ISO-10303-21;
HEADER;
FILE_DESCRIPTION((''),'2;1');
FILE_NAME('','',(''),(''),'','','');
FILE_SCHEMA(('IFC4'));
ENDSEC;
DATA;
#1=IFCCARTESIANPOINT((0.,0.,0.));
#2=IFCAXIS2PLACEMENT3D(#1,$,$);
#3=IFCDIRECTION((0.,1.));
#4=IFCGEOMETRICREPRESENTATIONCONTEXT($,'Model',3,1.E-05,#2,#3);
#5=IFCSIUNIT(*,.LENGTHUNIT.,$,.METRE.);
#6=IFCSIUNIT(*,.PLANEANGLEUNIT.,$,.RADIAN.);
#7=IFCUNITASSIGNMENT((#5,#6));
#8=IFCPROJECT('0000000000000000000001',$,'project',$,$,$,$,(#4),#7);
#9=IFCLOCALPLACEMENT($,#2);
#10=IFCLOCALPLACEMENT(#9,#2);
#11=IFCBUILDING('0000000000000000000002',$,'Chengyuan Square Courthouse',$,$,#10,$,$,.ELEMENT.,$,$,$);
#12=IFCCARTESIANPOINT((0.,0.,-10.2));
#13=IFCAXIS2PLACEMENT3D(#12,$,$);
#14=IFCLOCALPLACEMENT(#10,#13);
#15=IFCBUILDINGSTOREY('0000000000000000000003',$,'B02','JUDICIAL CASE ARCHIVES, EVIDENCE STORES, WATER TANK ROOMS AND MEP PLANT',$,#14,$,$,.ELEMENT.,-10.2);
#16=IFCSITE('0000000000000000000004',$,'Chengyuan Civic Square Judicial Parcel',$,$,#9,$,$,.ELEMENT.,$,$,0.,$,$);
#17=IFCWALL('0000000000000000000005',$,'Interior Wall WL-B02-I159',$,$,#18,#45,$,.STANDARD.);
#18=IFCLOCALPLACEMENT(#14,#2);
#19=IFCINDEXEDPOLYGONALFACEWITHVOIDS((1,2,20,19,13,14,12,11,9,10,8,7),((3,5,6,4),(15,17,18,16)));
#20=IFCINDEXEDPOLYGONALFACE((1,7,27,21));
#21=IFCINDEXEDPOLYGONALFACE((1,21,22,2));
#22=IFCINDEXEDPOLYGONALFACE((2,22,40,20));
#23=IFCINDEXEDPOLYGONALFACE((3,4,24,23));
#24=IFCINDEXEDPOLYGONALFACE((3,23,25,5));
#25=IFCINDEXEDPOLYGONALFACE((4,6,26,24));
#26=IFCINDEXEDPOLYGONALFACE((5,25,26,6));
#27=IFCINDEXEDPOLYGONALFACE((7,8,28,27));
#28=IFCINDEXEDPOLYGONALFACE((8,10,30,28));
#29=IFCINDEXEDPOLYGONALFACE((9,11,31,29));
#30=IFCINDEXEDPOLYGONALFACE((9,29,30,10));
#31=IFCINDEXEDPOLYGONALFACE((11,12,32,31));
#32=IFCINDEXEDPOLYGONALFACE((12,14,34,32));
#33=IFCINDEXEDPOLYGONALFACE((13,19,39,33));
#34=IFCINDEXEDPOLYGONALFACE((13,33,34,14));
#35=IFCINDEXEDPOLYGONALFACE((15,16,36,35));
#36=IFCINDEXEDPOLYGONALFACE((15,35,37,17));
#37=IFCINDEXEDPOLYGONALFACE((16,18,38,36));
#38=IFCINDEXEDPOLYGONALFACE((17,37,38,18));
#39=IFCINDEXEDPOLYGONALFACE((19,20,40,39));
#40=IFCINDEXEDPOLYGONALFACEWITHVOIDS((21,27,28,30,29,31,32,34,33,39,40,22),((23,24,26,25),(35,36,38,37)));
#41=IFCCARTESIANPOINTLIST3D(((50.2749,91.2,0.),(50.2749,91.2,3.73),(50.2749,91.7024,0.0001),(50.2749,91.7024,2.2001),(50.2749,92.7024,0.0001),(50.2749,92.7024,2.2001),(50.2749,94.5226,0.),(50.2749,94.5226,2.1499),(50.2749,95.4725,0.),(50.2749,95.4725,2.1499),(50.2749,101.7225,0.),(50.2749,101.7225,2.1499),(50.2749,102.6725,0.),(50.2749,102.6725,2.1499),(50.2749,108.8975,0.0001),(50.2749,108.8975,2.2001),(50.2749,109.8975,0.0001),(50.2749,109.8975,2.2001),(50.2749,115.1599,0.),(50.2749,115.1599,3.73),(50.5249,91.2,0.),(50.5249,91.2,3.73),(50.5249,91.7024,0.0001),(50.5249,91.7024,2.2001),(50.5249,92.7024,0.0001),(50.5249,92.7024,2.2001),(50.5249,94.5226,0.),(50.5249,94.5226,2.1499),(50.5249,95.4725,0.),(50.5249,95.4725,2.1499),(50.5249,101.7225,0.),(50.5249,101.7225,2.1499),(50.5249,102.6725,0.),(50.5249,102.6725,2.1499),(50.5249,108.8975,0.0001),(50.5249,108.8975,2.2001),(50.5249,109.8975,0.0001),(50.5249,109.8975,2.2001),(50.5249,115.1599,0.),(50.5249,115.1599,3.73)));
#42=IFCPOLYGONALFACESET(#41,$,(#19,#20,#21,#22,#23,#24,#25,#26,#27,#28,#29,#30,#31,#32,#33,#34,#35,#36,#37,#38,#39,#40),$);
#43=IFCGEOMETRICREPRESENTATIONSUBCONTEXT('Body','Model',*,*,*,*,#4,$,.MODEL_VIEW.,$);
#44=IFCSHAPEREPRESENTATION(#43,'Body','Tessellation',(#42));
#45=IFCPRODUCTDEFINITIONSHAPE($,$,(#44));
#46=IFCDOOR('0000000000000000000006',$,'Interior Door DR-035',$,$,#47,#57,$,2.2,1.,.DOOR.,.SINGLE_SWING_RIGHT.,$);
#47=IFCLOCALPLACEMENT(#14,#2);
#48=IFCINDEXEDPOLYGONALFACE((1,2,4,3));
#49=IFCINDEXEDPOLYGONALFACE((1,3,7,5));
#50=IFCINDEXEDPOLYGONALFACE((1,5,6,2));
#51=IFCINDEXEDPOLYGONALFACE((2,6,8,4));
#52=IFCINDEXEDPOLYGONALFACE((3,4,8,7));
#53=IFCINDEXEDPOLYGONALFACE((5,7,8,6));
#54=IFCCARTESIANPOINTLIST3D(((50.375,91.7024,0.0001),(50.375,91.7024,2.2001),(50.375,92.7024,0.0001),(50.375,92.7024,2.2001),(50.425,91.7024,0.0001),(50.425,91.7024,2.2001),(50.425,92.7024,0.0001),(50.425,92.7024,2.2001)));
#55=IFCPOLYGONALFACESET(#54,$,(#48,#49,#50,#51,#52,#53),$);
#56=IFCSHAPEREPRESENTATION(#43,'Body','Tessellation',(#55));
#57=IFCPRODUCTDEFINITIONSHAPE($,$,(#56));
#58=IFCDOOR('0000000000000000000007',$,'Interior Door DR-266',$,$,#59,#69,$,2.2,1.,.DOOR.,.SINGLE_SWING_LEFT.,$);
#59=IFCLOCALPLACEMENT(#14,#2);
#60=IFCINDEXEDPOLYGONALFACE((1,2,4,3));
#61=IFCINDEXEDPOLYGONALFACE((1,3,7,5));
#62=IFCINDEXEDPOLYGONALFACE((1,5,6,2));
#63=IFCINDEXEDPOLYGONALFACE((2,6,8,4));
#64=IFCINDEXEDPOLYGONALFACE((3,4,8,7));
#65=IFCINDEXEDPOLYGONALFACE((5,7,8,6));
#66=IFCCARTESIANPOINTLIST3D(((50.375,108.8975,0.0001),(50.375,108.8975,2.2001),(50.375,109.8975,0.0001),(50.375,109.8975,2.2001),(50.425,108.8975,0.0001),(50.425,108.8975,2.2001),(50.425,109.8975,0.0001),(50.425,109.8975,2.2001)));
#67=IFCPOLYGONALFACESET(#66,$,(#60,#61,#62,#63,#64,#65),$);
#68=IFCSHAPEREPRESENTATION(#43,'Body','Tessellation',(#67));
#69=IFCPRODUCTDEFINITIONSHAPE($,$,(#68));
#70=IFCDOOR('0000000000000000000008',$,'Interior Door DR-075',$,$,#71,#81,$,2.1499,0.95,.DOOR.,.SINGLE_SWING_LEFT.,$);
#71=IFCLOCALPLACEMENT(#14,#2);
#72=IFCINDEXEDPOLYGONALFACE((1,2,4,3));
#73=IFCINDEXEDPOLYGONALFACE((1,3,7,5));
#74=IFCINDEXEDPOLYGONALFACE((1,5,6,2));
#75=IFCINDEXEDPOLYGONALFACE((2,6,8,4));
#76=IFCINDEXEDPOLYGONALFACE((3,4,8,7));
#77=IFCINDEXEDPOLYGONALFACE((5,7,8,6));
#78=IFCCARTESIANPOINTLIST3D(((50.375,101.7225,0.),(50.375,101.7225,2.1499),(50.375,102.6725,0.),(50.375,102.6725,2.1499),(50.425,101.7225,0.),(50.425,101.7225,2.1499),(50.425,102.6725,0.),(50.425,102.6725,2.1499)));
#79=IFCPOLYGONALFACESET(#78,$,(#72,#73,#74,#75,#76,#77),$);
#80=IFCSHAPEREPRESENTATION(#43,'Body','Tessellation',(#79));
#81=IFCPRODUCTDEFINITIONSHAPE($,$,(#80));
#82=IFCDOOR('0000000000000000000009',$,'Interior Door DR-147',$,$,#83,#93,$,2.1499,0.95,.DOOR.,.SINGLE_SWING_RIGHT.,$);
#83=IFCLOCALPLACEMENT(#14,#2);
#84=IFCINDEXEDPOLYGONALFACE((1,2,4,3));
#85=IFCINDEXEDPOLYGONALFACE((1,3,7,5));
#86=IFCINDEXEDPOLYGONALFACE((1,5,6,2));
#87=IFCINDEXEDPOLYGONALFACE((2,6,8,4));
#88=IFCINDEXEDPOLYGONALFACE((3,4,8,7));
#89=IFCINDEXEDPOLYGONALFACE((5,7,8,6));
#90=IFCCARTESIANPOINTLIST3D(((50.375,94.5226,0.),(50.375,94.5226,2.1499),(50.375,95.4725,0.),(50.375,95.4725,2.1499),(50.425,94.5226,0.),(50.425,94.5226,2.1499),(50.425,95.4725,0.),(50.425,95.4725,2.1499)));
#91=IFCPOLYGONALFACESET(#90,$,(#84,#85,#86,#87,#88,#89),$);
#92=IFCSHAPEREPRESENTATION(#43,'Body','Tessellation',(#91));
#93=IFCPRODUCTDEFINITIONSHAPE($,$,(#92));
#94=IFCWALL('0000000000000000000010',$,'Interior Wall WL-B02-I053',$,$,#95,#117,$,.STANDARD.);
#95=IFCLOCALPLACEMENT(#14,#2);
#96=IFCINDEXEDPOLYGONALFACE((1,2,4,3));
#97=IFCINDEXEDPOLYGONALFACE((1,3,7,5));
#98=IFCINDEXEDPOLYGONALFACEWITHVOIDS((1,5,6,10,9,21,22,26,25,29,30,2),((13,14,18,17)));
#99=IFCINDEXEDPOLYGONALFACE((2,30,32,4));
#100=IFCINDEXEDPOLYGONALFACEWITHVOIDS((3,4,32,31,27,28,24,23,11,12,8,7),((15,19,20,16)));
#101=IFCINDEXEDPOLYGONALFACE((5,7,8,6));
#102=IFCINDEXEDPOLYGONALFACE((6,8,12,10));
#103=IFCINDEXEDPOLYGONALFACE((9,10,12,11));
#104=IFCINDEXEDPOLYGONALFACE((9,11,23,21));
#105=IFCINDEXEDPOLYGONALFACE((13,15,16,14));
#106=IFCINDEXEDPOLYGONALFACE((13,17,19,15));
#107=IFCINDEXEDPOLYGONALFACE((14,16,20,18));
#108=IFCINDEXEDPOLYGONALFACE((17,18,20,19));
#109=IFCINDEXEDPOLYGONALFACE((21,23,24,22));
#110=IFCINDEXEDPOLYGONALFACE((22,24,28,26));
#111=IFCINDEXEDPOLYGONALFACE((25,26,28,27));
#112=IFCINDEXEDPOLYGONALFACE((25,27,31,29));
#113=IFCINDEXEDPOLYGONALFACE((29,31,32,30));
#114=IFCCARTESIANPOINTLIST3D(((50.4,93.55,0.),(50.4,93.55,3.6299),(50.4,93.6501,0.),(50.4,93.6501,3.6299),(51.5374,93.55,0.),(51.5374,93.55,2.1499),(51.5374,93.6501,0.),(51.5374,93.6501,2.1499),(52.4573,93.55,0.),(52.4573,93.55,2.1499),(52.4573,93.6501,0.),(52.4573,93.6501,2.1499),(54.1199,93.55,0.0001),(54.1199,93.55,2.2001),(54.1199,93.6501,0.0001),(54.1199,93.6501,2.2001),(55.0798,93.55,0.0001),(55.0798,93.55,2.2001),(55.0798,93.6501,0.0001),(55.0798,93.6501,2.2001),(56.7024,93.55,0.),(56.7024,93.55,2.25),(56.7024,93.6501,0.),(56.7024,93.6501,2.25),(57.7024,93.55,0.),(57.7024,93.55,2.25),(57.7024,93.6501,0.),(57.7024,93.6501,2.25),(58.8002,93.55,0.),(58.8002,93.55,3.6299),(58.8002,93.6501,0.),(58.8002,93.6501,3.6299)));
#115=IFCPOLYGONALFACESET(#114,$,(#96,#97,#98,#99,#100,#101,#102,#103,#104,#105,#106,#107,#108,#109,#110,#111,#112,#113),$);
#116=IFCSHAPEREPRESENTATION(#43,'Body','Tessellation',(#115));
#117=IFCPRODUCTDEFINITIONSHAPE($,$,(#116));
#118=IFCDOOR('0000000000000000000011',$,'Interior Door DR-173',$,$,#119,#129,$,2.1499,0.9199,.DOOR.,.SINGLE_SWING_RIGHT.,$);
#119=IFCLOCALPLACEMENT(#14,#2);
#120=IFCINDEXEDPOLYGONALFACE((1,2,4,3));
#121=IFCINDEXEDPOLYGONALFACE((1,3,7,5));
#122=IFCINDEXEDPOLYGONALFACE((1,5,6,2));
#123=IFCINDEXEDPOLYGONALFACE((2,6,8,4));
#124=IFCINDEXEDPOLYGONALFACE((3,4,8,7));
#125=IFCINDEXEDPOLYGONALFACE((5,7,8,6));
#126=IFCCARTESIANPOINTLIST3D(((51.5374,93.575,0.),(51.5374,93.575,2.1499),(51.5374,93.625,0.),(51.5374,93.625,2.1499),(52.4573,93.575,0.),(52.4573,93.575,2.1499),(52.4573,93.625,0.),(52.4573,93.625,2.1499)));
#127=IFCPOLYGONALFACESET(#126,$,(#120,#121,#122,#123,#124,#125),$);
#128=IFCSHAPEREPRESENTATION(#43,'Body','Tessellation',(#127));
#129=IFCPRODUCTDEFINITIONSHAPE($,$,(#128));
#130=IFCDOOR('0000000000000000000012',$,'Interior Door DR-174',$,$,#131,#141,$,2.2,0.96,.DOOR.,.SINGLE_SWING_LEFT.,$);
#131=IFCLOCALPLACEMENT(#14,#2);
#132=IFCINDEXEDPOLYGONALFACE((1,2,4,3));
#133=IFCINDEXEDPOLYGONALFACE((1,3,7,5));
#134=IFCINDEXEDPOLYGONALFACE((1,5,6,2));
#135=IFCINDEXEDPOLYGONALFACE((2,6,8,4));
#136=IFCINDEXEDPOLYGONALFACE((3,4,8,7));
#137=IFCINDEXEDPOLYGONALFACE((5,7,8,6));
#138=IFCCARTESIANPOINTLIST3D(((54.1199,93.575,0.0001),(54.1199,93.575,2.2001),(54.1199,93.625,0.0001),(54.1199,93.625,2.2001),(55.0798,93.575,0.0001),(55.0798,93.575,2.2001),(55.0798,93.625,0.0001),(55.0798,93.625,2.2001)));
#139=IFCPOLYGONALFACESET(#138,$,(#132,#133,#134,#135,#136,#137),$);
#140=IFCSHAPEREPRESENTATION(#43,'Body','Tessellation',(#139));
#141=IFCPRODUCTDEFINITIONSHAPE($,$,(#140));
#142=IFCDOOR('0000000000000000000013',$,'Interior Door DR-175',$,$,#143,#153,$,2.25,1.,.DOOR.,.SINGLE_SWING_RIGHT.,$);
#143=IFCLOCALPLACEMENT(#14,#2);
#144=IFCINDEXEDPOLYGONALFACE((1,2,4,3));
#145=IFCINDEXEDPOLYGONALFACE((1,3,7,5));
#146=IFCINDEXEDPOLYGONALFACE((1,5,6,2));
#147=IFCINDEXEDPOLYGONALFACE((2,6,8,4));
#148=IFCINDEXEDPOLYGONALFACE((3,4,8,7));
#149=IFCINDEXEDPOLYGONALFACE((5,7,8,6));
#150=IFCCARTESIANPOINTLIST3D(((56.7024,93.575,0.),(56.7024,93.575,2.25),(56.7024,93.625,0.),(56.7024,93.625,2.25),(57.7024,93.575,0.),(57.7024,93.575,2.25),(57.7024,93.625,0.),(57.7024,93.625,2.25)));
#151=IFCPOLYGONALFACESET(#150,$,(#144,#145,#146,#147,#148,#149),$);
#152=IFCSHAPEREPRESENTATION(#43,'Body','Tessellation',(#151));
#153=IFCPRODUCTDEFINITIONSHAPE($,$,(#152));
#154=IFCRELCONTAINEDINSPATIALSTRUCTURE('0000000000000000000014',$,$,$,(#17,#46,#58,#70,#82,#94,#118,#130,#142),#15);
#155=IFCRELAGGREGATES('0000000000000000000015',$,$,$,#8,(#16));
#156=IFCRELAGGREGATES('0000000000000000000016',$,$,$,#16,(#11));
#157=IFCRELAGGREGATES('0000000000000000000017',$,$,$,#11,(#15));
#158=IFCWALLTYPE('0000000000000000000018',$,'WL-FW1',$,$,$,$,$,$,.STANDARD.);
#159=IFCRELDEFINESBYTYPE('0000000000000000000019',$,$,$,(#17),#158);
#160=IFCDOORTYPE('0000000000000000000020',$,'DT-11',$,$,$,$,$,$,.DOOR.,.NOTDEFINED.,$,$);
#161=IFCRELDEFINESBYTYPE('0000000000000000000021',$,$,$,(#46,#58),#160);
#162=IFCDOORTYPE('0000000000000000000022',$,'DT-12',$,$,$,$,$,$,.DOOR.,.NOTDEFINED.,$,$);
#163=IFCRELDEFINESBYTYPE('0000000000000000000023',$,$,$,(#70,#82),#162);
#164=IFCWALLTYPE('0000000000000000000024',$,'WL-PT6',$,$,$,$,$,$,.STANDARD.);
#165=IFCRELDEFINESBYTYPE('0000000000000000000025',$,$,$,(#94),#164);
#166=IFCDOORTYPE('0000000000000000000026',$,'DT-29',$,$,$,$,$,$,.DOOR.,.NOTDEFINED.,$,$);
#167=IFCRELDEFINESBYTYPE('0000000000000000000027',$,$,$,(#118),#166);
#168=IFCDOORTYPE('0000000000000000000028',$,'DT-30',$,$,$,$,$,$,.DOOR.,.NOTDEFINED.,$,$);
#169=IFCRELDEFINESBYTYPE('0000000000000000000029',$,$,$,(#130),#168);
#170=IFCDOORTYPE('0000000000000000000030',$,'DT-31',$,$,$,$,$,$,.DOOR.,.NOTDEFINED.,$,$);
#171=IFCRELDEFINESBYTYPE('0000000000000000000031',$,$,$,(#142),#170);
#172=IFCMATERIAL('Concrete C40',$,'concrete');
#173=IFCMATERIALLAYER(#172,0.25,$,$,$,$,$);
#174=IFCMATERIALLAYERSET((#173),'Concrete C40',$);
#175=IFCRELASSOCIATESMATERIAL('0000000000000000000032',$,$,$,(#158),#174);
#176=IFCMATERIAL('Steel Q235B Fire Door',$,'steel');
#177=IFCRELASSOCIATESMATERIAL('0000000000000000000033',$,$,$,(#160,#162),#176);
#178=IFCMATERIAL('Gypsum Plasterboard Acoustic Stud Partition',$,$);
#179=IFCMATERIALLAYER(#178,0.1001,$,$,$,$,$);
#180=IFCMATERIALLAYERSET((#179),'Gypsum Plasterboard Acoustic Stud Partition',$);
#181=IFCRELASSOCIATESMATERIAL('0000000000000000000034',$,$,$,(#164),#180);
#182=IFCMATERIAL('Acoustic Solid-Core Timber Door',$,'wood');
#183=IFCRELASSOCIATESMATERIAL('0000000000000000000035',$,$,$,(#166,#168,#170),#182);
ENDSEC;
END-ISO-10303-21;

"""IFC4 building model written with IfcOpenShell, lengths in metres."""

from ifc_helpers import new_model, si_unit, direction, frame, frame_2d, origin, place, context, subcontext, project, spatial, rectangle, extrude, material, layer, layer_set, type_object, element, fill, save


model = new_model("IFC4")

# Units and contexts
model_context = context("Model", 3, precision=1e-05, world=origin(), true_north=direction((0.0, 1.0)))
body_context = subcontext(model_context, "Body", "Model", "MODEL_VIEW")
ifc_project = project(units=[si_unit("LENGTHUNIT", "METRE"), si_unit("PLANEANGLEUNIT", "RADIAN")], contexts=[model_context])

# Site, building, storey
site_placement = place(None, origin())
site = spatial("IfcSite", under=ifc_project, at=site_placement, Name="Chengyuan Civic Square Judicial Parcel", CompositionType="ELEMENT", RefElevation=0.0)
building_placement = place(site_placement, origin())
building = spatial("IfcBuilding", under=site, at=building_placement, Name="Chengyuan Square Courthouse", CompositionType="ELEMENT")
storey_placement = place(building_placement, frame((0.0, 0.0, -10.2)))
storey = spatial("IfcBuildingStorey", under=building, at=storey_placement, Name="B02", Description="JUDICIAL CASE ARCHIVES, EVIDENCE STORES, WATER TANK ROOMS AND MEP PLANT", CompositionType="ELEMENT", Elevation=-10.2)

# Shared definitions
ifc_material_1 = material(Name="Concrete C40", Category="concrete")

# Walls, openings, doors
ifc_layer_1 = layer(ifc_material_1, 0.25)
ifc_layer_set_1 = layer_set([ifc_layer_1], Name="Concrete C40")
wall_type_1 = type_object("IfcWallType", Name="WL-FW1", PredefinedType="STANDARD", material=ifc_layer_set_1)
wall_1_placement = place(storey_placement, frame((50.3999, 91.2, 0.0), z_axis=(0.0, 0.0, 1.0), x_axis=(0.0, 1.0, 0.0)))
wall_1 = element("IfcWall", 1, at=wall_1_placement, inside=storey, type_object=wall_type_1, Name="Interior Wall WL-B02-I159", PredefinedType="STANDARD", context=body_context, shape_type="SweptSolid", body=[
    extrude(rectangle(XDim=23.96, YDim=0.25, at=frame_2d((11.98, 0.0))), origin(), (0.0, 0.0, 1.0), 3.73),
])
opening_1_placement = place(wall_1_placement, frame((0.5024, 0.0, 0.0)))
opening_1 = element("IfcOpeningElement", 2, at=opening_1_placement, cuts=wall_1, PredefinedType="OPENING", context=body_context, shape_type="SweptSolid", body=[
    extrude(rectangle(XDim=1.0, YDim=2.2, at=frame_2d((0.5, 1.1001))), frame((0.0, 0.137, 0.0), z_axis=(0.0, -1.0, 0.0), x_axis=(1.0, 0.0, 0.0)), (0.0, 0.0, 1.0), 0.2739),
])
opening_2_placement = place(wall_1_placement, frame((10.5225, 0.0, 0.0)))
opening_2 = element("IfcOpeningElement", 3, at=opening_2_placement, cuts=wall_1, PredefinedType="OPENING", context=body_context, shape_type="SweptSolid", body=[
    extrude(rectangle(XDim=0.95, YDim=2.1499, at=frame_2d((0.4751, 1.075))), frame((0.0, 0.137, 0.0), z_axis=(0.0, -1.0, 0.0), x_axis=(1.0, 0.0, 0.0)), (0.0, 0.0, 1.0), 0.2739),
])
opening_3_placement = place(wall_1_placement, frame((3.3225, 0.0, 0.0)))
opening_3 = element("IfcOpeningElement", 4, at=opening_3_placement, cuts=wall_1, PredefinedType="OPENING", context=body_context, shape_type="SweptSolid", body=[
    extrude(rectangle(XDim=0.95, YDim=2.1499, at=frame_2d((0.4751, 1.075))), frame((0.0, 0.137, 0.0), z_axis=(0.0, -1.0, 0.0), x_axis=(1.0, 0.0, 0.0)), (0.0, 0.0, 1.0), 0.2739),
])
opening_4_placement = place(wall_1_placement, frame((17.6975, 0.0, 0.0)))
opening_4 = element("IfcOpeningElement", 5, at=opening_4_placement, cuts=wall_1, PredefinedType="OPENING", context=body_context, shape_type="SweptSolid", body=[
    extrude(rectangle(XDim=1.0, YDim=2.2, at=frame_2d((0.5, 1.1001))), frame((0.0, 0.137, 0.0), z_axis=(0.0, -1.0, 0.0), x_axis=(1.0, 0.0, 0.0)), (0.0, 0.0, 1.0), 0.2739),
])
ifc_material_2 = material(Name="Steel Q235B Fire Door", Category="steel")
door_type_1 = type_object("IfcDoorType", Name="DT-11", OperationType="NOTDEFINED", PredefinedType="DOOR", material=ifc_material_2)
door_1_placement = place(opening_1_placement, origin())
door_1 = element("IfcDoor", 6, at=door_1_placement, inside=storey, type_object=door_type_1, Name="Interior Door DR-035", OperationType="SINGLE_SWING_RIGHT", OverallHeight=2.2, OverallWidth=1.0, PredefinedType="DOOR", context=body_context, shape_type="SweptSolid", body=[
    extrude(rectangle(XDim=1.0, YDim=2.2, at=frame_2d((0.5, 1.1001))), frame((0.0, 0.0249, 0.0), z_axis=(0.0, -1.0, 0.0), x_axis=(1.0, 0.0, 0.0)), (0.0, 0.0, 1.0), 0.05),
])
fill(opening_1, door_1)
door_2_placement = place(opening_4_placement, origin())
door_2 = element("IfcDoor", 7, at=door_2_placement, inside=storey, type_object=door_type_1, Name="Interior Door DR-266", OperationType="SINGLE_SWING_LEFT", OverallHeight=2.2, OverallWidth=1.0, PredefinedType="DOOR", context=body_context, shape_type="SweptSolid", body=[
    extrude(rectangle(XDim=1.0, YDim=2.2, at=frame_2d((0.5, 1.1001))), frame((0.0, 0.0249, 0.0), z_axis=(0.0, -1.0, 0.0), x_axis=(1.0, 0.0, 0.0)), (0.0, 0.0, 1.0), 0.05),
])
fill(opening_4, door_2)
door_type_2 = type_object("IfcDoorType", Name="DT-12", OperationType="NOTDEFINED", PredefinedType="DOOR", material=ifc_material_2)
door_3_placement = place(opening_2_placement, origin())
door_3 = element("IfcDoor", 8, at=door_3_placement, inside=storey, type_object=door_type_2, Name="Interior Door DR-075", OperationType="SINGLE_SWING_LEFT", OverallHeight=2.1499, OverallWidth=0.95, PredefinedType="DOOR", context=body_context, shape_type="SweptSolid", body=[
    extrude(rectangle(XDim=0.95, YDim=2.1499, at=frame_2d((0.4751, 1.075))), frame((0.0, 0.0249, 0.0), z_axis=(0.0, -1.0, 0.0), x_axis=(1.0, 0.0, 0.0)), (0.0, 0.0, 1.0), 0.05),
])
fill(opening_2, door_3)
door_4_placement = place(opening_3_placement, origin())
door_4 = element("IfcDoor", 9, at=door_4_placement, inside=storey, type_object=door_type_2, Name="Interior Door DR-147", OperationType="SINGLE_SWING_RIGHT", OverallHeight=2.1499, OverallWidth=0.95, PredefinedType="DOOR", context=body_context, shape_type="SweptSolid", body=[
    extrude(rectangle(XDim=0.95, YDim=2.1499, at=frame_2d((0.4751, 1.075))), frame((0.0, 0.0249, 0.0), z_axis=(0.0, -1.0, 0.0), x_axis=(1.0, 0.0, 0.0)), (0.0, 0.0, 1.0), 0.05),
])
fill(opening_3, door_4)
ifc_material_3 = material(Name="Gypsum Plasterboard Acoustic Stud Partition")
ifc_layer_2 = layer(ifc_material_3, 0.1001)
ifc_layer_set_2 = layer_set([ifc_layer_2], Name="Gypsum Plasterboard Acoustic Stud Partition")
wall_type_2 = type_object("IfcWallType", Name="WL-PT6", PredefinedType="STANDARD", material=ifc_layer_set_2)
wall_2_placement = place(storey_placement, frame((50.3999, 93.6001, 0.0), z_axis=(0.0, 0.0, 1.0), x_axis=(1.0, 0.0, 0.0)))
wall_2 = element("IfcWall", 10, at=wall_2_placement, inside=storey, type_object=wall_type_2, Name="Interior Wall WL-B02-I053", PredefinedType="STANDARD", context=body_context, shape_type="SweptSolid", body=[
    extrude(rectangle(XDim=8.4001, YDim=0.1001, at=frame_2d((4.2002, 0.0))), origin(), (0.0, 0.0, 1.0), 3.6299),
])
opening_5_placement = place(wall_2_placement, frame((1.1375, 0.0, 0.0)))
opening_5 = element("IfcOpeningElement", 11, at=opening_5_placement, cuts=wall_2, PredefinedType="OPENING", context=body_context, shape_type="SweptSolid", body=[
    extrude(rectangle(XDim=0.9199, YDim=2.1499, at=frame_2d((0.46, 1.075))), frame((0.0, 0.062, 0.0), z_axis=(0.0, -1.0, 0.0), x_axis=(1.0, 0.0, 0.0)), (0.0, 0.0, 1.0), 0.124),
])
opening_6_placement = place(wall_2_placement, frame((3.72, 0.0, 0.0)))
opening_6 = element("IfcOpeningElement", 12, at=opening_6_placement, cuts=wall_2, PredefinedType="OPENING", context=body_context, shape_type="SweptSolid", body=[
    extrude(rectangle(XDim=0.96, YDim=2.2, at=frame_2d((0.48, 1.1001))), frame((0.0, 0.062, 0.0), z_axis=(0.0, -1.0, 0.0), x_axis=(1.0, 0.0, 0.0)), (0.0, 0.0, 1.0), 0.124),
])
opening_7_placement = place(wall_2_placement, frame((6.3025, 0.0, 0.0)))
opening_7 = element("IfcOpeningElement", 13, at=opening_7_placement, cuts=wall_2, PredefinedType="OPENING", context=body_context, shape_type="SweptSolid", body=[
    extrude(rectangle(XDim=1.0, YDim=2.25, at=frame_2d((0.5, 1.125))), frame((0.0, 0.062, 0.0), z_axis=(0.0, -1.0, 0.0), x_axis=(1.0, 0.0, 0.0)), (0.0, 0.0, 1.0), 0.124),
])
ifc_material_4 = material(Name="Acoustic Solid-Core Timber Door", Category="wood")
door_type_3 = type_object("IfcDoorType", Name="DT-29", OperationType="NOTDEFINED", PredefinedType="DOOR", material=ifc_material_4)
door_5_placement = place(opening_5_placement, origin())
door_5 = element("IfcDoor", 14, at=door_5_placement, inside=storey, type_object=door_type_3, Name="Interior Door DR-173", OperationType="SINGLE_SWING_RIGHT", OverallHeight=2.1499, OverallWidth=0.9199, PredefinedType="DOOR", context=body_context, shape_type="SweptSolid", body=[
    extrude(rectangle(XDim=0.9199, YDim=2.1499, at=frame_2d((0.46, 1.075))), frame((0.0, 0.0249, 0.0), z_axis=(0.0, -1.0, 0.0), x_axis=(1.0, 0.0, 0.0)), (0.0, 0.0, 1.0), 0.05),
])
fill(opening_5, door_5)
door_type_4 = type_object("IfcDoorType", Name="DT-30", OperationType="NOTDEFINED", PredefinedType="DOOR", material=ifc_material_4)
door_6_placement = place(opening_6_placement, origin())
door_6 = element("IfcDoor", 15, at=door_6_placement, inside=storey, type_object=door_type_4, Name="Interior Door DR-174", OperationType="SINGLE_SWING_LEFT", OverallHeight=2.2, OverallWidth=0.96, PredefinedType="DOOR", context=body_context, shape_type="SweptSolid", body=[
    extrude(rectangle(XDim=0.96, YDim=2.2, at=frame_2d((0.48, 1.1001))), frame((0.0, 0.0249, 0.0), z_axis=(0.0, -1.0, 0.0), x_axis=(1.0, 0.0, 0.0)), (0.0, 0.0, 1.0), 0.05),
])
fill(opening_6, door_6)
door_type_5 = type_object("IfcDoorType", Name="DT-31", OperationType="NOTDEFINED", PredefinedType="DOOR", material=ifc_material_4)
door_7_placement = place(opening_7_placement, origin())
door_7 = element("IfcDoor", 16, at=door_7_placement, inside=storey, type_object=door_type_5, Name="Interior Door DR-175", OperationType="SINGLE_SWING_RIGHT", OverallHeight=2.25, OverallWidth=1.0, PredefinedType="DOOR", context=body_context, shape_type="SweptSolid", body=[
    extrude(rectangle(XDim=1.0, YDim=2.25, at=frame_2d((0.5, 1.125))), frame((0.0, 0.0249, 0.0), z_axis=(0.0, -1.0, 0.0), x_axis=(1.0, 0.0, 0.0)), (0.0, 0.0, 1.0), 0.05),
])
fill(opening_7, door_7)

save(model, "model.ifc")
